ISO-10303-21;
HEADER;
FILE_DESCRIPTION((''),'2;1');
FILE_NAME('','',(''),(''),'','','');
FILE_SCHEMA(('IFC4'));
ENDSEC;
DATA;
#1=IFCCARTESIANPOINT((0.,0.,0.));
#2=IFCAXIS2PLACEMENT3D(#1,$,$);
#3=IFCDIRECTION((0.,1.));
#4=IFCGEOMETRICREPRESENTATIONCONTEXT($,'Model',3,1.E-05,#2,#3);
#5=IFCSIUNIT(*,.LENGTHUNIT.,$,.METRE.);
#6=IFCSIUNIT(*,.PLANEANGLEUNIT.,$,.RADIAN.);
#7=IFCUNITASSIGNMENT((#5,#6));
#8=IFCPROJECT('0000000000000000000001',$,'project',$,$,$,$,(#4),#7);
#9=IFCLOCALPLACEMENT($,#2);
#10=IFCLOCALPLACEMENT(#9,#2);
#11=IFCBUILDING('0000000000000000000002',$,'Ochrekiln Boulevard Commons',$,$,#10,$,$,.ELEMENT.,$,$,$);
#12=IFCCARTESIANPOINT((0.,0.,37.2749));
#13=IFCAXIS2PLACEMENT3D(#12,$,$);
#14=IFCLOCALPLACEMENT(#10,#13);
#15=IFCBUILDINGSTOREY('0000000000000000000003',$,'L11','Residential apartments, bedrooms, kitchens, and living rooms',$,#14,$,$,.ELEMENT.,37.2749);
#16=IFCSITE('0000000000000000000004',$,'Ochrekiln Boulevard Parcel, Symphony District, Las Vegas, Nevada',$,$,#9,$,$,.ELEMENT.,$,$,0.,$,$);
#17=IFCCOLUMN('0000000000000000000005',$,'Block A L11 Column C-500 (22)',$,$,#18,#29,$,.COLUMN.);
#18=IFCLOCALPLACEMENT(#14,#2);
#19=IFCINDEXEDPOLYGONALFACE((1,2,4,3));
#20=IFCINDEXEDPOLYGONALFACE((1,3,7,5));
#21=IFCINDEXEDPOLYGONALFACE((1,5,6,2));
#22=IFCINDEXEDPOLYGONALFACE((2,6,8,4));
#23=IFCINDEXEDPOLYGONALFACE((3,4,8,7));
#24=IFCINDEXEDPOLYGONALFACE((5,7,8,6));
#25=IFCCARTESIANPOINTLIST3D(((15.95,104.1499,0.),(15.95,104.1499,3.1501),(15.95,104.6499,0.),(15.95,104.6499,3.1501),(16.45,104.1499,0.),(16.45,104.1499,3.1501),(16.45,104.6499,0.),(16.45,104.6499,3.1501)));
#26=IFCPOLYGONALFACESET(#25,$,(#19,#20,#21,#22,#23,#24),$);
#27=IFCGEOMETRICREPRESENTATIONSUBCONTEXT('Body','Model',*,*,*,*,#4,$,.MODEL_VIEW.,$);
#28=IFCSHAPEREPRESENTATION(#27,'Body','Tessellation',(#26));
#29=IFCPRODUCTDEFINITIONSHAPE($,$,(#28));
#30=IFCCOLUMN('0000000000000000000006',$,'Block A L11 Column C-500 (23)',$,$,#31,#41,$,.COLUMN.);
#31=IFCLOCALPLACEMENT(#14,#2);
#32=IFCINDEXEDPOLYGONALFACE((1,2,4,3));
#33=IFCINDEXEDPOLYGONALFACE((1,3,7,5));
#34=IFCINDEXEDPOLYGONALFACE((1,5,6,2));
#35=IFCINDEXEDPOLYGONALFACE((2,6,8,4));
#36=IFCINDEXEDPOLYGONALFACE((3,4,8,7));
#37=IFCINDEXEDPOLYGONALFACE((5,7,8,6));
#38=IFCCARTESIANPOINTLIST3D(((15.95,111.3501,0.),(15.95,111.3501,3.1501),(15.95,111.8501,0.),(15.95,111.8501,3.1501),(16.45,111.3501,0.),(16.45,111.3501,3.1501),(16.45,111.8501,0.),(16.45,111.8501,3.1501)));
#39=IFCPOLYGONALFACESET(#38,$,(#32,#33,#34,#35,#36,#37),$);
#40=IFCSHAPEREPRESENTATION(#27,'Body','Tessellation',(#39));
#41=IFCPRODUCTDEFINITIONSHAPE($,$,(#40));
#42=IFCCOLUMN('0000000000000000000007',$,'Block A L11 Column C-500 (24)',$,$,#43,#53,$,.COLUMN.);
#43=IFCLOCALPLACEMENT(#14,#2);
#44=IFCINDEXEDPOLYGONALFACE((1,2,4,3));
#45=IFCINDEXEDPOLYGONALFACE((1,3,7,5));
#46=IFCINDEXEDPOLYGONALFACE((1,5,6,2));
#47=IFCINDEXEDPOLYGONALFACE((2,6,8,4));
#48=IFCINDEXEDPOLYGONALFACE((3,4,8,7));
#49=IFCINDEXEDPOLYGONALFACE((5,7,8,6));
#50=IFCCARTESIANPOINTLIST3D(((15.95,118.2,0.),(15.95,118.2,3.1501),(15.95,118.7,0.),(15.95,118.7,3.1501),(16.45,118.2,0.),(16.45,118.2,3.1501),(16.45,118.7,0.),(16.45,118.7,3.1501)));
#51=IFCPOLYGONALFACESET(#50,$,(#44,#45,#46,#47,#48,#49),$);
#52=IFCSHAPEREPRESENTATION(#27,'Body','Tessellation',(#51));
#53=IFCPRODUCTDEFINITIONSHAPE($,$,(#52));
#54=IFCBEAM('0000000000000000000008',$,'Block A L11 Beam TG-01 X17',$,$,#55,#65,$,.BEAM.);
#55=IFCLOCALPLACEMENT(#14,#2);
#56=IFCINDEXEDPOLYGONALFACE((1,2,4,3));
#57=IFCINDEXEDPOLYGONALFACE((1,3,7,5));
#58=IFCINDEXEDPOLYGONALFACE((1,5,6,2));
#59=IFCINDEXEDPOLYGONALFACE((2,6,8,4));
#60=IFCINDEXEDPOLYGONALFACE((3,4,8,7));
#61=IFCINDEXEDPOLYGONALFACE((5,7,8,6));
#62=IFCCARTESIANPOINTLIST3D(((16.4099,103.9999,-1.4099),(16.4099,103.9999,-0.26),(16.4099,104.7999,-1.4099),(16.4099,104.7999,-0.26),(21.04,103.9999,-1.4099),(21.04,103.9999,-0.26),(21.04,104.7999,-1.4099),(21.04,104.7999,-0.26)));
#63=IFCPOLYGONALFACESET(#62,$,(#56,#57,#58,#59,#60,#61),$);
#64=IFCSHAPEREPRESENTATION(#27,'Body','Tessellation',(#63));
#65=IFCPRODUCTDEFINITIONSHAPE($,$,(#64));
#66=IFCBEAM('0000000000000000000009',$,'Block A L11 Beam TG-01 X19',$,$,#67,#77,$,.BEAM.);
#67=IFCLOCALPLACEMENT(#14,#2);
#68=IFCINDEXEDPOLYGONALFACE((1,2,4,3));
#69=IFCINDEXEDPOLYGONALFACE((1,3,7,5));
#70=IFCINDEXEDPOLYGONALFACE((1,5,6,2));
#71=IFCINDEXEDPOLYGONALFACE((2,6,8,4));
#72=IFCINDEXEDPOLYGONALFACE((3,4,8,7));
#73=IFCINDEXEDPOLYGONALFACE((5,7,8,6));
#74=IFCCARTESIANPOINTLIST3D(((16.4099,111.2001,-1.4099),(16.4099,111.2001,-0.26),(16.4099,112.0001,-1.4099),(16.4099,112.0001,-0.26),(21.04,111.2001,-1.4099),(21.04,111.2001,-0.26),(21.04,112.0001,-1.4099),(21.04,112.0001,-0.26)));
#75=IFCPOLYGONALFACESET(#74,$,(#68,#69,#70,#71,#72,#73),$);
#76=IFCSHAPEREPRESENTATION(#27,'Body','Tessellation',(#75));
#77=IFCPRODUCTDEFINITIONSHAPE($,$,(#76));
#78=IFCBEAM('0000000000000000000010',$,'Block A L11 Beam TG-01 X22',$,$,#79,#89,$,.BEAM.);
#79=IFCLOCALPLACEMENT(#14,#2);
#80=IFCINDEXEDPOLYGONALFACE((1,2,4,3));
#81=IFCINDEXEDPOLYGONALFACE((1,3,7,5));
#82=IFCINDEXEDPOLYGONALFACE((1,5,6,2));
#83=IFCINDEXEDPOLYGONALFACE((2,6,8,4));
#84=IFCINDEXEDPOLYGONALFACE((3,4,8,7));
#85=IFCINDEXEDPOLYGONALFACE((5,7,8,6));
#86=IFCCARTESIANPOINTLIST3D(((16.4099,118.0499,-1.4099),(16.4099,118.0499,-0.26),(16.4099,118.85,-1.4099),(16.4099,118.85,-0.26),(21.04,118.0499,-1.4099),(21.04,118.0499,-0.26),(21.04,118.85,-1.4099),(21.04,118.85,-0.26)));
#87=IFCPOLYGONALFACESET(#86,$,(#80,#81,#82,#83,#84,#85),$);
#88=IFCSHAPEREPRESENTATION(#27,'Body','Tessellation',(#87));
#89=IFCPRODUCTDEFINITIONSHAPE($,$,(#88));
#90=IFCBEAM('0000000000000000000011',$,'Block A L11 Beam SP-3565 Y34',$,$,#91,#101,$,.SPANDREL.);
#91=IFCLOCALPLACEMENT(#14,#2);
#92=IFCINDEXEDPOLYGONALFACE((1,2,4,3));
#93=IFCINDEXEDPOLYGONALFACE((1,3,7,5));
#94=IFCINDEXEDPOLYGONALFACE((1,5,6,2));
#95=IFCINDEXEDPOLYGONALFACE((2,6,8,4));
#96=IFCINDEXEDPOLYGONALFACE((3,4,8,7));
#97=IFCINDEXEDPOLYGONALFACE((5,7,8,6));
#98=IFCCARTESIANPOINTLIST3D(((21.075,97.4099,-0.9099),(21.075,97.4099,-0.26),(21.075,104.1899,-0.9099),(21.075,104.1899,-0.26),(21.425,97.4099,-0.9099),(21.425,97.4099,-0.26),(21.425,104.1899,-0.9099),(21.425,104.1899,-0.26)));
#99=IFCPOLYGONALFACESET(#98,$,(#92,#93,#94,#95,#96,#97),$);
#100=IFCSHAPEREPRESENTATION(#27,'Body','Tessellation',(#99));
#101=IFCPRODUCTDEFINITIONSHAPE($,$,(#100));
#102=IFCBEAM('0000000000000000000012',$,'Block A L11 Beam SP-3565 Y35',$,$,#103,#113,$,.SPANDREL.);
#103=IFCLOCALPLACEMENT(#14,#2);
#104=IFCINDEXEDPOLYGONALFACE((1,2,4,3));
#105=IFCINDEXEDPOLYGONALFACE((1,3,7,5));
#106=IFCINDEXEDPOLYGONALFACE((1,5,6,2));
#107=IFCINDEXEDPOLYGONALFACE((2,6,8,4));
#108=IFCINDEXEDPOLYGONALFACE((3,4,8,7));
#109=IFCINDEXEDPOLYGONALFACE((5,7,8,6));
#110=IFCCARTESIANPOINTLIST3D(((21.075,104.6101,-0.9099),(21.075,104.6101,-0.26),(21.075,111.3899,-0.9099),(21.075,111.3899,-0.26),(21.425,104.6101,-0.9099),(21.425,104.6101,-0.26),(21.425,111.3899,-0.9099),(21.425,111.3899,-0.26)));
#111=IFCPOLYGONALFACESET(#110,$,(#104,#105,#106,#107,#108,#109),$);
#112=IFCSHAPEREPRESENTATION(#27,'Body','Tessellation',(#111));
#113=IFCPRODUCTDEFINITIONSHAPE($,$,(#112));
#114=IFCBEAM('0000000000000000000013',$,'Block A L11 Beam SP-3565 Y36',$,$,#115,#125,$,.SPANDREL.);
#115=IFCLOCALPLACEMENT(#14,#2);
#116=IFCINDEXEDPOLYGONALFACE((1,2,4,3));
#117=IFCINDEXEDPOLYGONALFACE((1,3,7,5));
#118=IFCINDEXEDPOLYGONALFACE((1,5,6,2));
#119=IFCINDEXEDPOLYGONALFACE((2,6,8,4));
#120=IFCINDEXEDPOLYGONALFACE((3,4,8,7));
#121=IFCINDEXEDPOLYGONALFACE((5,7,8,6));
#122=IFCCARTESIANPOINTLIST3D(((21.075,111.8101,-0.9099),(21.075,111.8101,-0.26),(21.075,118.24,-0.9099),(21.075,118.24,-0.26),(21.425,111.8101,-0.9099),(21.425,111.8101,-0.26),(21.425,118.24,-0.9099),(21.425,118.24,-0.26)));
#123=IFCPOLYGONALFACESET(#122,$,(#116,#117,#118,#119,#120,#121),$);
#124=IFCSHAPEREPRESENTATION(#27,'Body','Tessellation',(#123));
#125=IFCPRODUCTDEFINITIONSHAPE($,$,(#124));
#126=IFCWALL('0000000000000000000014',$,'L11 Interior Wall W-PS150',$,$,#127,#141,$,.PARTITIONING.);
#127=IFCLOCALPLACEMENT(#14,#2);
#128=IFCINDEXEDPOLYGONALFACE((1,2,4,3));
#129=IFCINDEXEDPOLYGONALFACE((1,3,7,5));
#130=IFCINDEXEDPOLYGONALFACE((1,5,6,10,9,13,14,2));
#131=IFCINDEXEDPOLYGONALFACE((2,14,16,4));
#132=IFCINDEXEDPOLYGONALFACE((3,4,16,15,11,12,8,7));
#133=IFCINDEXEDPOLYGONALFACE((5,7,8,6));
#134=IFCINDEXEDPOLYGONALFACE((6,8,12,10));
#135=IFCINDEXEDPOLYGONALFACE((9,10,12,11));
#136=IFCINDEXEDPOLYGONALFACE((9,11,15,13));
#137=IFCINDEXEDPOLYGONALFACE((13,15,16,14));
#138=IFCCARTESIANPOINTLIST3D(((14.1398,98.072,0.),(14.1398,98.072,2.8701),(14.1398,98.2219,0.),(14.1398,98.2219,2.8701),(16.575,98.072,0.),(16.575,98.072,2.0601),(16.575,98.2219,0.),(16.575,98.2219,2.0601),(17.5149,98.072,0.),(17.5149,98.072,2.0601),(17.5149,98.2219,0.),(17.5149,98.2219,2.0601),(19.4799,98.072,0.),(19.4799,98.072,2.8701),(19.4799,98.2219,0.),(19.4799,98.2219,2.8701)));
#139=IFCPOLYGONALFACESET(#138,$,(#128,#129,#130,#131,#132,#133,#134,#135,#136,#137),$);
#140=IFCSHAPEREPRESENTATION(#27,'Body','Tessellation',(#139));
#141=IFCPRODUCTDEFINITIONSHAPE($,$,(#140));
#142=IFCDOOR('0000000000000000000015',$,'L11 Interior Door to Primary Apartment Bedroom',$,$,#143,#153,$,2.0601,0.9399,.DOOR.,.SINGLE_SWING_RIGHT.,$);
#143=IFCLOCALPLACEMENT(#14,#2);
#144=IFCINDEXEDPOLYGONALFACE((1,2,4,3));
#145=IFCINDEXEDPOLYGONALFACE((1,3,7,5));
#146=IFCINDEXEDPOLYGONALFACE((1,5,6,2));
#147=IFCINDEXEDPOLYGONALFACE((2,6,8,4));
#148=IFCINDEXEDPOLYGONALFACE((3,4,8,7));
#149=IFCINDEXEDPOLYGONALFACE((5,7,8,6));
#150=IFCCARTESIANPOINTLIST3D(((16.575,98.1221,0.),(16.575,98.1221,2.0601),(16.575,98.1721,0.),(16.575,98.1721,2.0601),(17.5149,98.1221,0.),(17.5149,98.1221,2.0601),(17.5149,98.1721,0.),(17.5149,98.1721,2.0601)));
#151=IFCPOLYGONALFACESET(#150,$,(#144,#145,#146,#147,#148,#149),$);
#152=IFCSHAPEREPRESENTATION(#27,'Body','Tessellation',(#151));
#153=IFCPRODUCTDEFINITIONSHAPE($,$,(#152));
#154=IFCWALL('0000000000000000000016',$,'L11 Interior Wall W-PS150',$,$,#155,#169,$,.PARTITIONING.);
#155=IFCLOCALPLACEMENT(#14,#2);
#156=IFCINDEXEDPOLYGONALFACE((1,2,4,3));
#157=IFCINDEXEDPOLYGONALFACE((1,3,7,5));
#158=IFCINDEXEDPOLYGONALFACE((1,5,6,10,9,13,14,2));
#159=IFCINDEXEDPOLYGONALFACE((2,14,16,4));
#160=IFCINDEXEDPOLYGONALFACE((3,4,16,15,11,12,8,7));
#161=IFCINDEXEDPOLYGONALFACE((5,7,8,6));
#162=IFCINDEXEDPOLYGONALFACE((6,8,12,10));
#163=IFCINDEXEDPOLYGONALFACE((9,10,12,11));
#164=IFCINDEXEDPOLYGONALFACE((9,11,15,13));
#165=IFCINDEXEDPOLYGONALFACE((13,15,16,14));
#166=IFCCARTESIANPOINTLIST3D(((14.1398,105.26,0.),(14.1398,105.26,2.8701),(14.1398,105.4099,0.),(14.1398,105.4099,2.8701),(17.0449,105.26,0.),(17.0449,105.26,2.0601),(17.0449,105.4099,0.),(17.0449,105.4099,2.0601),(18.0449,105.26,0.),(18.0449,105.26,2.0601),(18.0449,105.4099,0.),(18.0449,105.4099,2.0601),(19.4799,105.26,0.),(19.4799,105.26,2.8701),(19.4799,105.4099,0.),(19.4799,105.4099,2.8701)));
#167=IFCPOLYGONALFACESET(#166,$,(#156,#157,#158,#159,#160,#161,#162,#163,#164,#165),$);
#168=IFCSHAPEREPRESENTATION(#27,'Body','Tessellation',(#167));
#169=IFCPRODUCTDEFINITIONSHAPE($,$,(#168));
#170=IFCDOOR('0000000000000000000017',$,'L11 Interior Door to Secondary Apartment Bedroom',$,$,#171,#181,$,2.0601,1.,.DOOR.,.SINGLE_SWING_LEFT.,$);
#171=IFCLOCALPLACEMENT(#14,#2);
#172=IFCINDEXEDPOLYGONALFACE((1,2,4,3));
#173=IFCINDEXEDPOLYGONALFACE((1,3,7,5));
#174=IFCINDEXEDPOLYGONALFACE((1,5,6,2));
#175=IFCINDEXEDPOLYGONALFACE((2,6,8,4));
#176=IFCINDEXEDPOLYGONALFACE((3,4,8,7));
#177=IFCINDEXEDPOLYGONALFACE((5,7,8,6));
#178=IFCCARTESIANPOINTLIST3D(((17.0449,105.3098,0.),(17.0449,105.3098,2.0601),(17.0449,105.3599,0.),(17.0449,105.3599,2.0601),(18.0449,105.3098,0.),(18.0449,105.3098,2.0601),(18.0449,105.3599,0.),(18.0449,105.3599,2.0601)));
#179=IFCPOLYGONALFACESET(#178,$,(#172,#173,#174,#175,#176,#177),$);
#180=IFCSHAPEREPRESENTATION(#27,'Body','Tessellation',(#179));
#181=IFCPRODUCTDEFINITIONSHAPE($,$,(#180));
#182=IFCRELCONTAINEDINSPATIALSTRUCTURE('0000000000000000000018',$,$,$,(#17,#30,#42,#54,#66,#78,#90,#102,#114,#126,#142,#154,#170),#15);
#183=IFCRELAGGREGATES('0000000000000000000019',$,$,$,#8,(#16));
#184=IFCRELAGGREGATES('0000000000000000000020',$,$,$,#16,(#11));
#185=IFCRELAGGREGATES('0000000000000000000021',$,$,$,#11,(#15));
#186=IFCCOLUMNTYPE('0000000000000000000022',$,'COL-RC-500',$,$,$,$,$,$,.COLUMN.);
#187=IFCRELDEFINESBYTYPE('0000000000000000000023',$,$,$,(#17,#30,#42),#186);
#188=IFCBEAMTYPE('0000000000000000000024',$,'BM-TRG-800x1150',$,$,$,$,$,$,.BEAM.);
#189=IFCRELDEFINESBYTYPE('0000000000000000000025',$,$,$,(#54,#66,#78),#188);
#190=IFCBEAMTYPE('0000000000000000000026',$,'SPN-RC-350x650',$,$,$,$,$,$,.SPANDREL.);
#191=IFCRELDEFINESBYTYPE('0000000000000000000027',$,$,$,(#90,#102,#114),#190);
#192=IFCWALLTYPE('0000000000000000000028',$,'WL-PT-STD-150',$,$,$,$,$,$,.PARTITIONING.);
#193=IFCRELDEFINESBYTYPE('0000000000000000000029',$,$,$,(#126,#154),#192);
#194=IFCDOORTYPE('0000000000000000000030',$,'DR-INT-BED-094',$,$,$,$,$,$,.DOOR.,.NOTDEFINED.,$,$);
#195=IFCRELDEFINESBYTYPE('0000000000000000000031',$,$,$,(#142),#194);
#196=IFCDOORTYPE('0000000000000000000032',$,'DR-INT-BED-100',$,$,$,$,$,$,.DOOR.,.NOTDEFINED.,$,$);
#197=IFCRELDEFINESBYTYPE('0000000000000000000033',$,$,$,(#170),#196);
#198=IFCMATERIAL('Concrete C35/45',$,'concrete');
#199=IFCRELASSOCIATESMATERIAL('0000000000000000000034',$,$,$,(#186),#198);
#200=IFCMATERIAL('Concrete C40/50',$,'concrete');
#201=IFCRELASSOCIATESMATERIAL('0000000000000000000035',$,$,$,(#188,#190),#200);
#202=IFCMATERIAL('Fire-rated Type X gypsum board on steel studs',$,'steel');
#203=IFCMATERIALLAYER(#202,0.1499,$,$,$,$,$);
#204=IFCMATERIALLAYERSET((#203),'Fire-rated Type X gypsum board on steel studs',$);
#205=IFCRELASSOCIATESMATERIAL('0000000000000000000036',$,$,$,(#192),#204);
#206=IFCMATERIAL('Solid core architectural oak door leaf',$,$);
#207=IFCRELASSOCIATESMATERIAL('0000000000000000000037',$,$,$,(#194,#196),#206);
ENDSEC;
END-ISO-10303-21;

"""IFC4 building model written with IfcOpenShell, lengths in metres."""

from ifc_helpers import new_model, si_unit, direction, frame, frame_2d, origin, origin_2d, place, context, subcontext, project, spatial, rectangle, extrude, material, layer, layer_set, material_profile, profile_set, type_object, element, fill, save


model = new_model("IFC4")

# Units and contexts
model_context = context("Model", 3, precision=1e-05, world=origin(), true_north=direction((0.0, 1.0)))
body_context = subcontext(model_context, "Body", "Model", "MODEL_VIEW")
ifc_project = project(units=[si_unit("LENGTHUNIT", "METRE"), si_unit("PLANEANGLEUNIT", "RADIAN")], contexts=[model_context])

# Site, building, storey
site_placement = place(None, origin())
site = spatial("IfcSite", under=ifc_project, at=site_placement, Name="Ochrekiln Boulevard Parcel, Symphony District, Las Vegas, Nevada", CompositionType="ELEMENT", RefElevation=0.0)
building_placement = place(site_placement, origin())
building = spatial("IfcBuilding", under=site, at=building_placement, Name="Ochrekiln Boulevard Commons", CompositionType="ELEMENT")
storey_placement = place(building_placement, frame((0.0, 0.0, 37.2749)))
storey = spatial("IfcBuildingStorey", under=building, at=storey_placement, Name="L11", Description="Residential apartments, bedrooms, kitchens, and living rooms", CompositionType="ELEMENT", Elevation=37.2749)

# Columns
ifc_material_1 = material(Name="Concrete C35/45", Category="concrete")
ifc_material_profile_1 = material_profile(ifc_material_1, rectangle(XDim=0.5, YDim=0.5, at=origin_2d()), Name="RC-COL-500x500")
ifc_profile_set_1 = profile_set([ifc_material_profile_1], Name="Concrete C35/45")
column_type = type_object("IfcColumnType", Name="COL-RC-500", PredefinedType="COLUMN", material=ifc_profile_set_1)
for number, where, z_axis, x_axis, name in (
    (1, (16.2, 104.3999, 0.0), (0.0, 0.0, 1.0), (1.0, 0.0, 0.0), "Block A L11 Column C-500 (22)"),
    (2, (16.2, 111.6001, 0.0), (0.0, 0.0, 1.0), (1.0, 0.0, 0.0), "Block A L11 Column C-500 (23)"),
    (3, (16.2, 118.45, 0.0), (0.0, 0.0, 1.0), (1.0, 0.0, 0.0), "Block A L11 Column C-500 (24)"),
):
    element("IfcColumn", number, at=place(storey_placement, frame(where, z_axis=z_axis, x_axis=x_axis)), inside=storey, type_object=column_type, Name=name, PredefinedType="COLUMN", context=body_context, shape_type="SweptSolid", body=[
        extrude(rectangle(XDim=0.5, YDim=0.5, at=origin_2d()), origin(), (0.0, 0.0, 1.0), 3.1501),
    ])

# Beams
ifc_material_2 = material(Name="Concrete C40/50", Category="concrete")
ifc_material_profile_2 = material_profile(ifc_material_2, rectangle(XDim=0.8, YDim=1.1499, at=origin_2d()), Name="RC-TRG-800x1150")
ifc_profile_set_2 = profile_set([ifc_material_profile_2], Name="Concrete C40/50")
beam_type_1 = type_object("IfcBeamType", Name="BM-TRG-800x1150", PredefinedType="BEAM", material=ifc_profile_set_2)
for number, where, z_axis, x_axis, name in (
    (4, (16.4099, 104.3999, -0.835), (1.0, 0.0, 0.0), (0.0, 1.0, 0.0), "Block A L11 Beam TG-01 X17"),
    (5, (16.4099, 111.6001, -0.835), (1.0, 0.0, 0.0), (0.0, 1.0, 0.0), "Block A L11 Beam TG-01 X19"),
    (6, (16.4099, 118.45, -0.835), (1.0, 0.0, 0.0), (0.0, 1.0, 0.0), "Block A L11 Beam TG-01 X22"),
):
    element("IfcBeam", number, at=place(storey_placement, frame(where, z_axis=z_axis, x_axis=x_axis)), inside=storey, type_object=beam_type_1, Name=name, PredefinedType="BEAM", context=body_context, shape_type="SweptSolid", body=[
        extrude(rectangle(XDim=0.8, YDim=1.1499, at=origin_2d()), origin(), (0.0, 0.0, 1.0), 4.6301),
    ])
ifc_material_profile_3 = material_profile(ifc_material_2, rectangle(XDim=0.3501, YDim=0.6499, at=origin_2d()), Name="RC-SPN-350x650")
ifc_profile_set_3 = profile_set([ifc_material_profile_3], Name="Concrete C40/50")
beam_type_2 = type_object("IfcBeamType", Name="SPN-RC-350x650", PredefinedType="SPANDREL", material=ifc_profile_set_3)
beam_1_placement = place(storey_placement, frame((21.25, 97.4099, -0.585), z_axis=(0.0, 1.0, 0.0), x_axis=(-1.0, 0.0, 0.0)))
element("IfcBeam", 7, at=beam_1_placement, inside=storey, type_object=beam_type_2, Name="Block A L11 Beam SP-3565 Y34", PredefinedType="SPANDREL", context=body_context, shape_type="SweptSolid", body=[
    extrude(rectangle(XDim=0.3501, YDim=0.6499, at=origin_2d()), origin(), (0.0, 0.0, 1.0), 6.78),
])
beam_2_placement = place(storey_placement, frame((21.25, 104.6101, -0.585), z_axis=(0.0, 1.0, 0.0), x_axis=(-1.0, 0.0, 0.0)))
element("IfcBeam", 8, at=beam_2_placement, inside=storey, type_object=beam_type_2, Name="Block A L11 Beam SP-3565 Y35", PredefinedType="SPANDREL", context=body_context, shape_type="SweptSolid", body=[
    extrude(rectangle(XDim=0.3501, YDim=0.6499, at=origin_2d()), origin(), (0.0, 0.0, 1.0), 6.7798),
])
beam_3_placement = place(storey_placement, frame((21.25, 111.8101, -0.585), z_axis=(0.0, 1.0, 0.0), x_axis=(-1.0, 0.0, 0.0)))
element("IfcBeam", 9, at=beam_3_placement, inside=storey, type_object=beam_type_2, Name="Block A L11 Beam SP-3565 Y36", PredefinedType="SPANDREL", context=body_context, shape_type="SweptSolid", body=[
    extrude(rectangle(XDim=0.3501, YDim=0.6499, at=origin_2d()), origin(), (0.0, 0.0, 1.0), 6.4299),
])

# Walls, openings, doors
ifc_material_3 = material(Name="Fire-rated Type X gypsum board on steel studs", Category="steel")
ifc_layer_1 = layer(ifc_material_3, 0.1499)
ifc_layer_set_1 = layer_set([ifc_layer_1], Name="Fire-rated Type X gypsum board on steel studs")
wall_type_1 = type_object("IfcWallType", Name="WL-PT-STD-150", PredefinedType="PARTITIONING", material=ifc_layer_set_1)
wall_1_placement = place(storey_placement, frame((14.1399, 98.147, 0.0), z_axis=(0.0, 0.0, 1.0), x_axis=(1.0, 0.0, 0.0)))
wall_1 = element("IfcWall", 10, at=wall_1_placement, inside=storey, type_object=wall_type_1, Name="L11 Interior Wall W-PS150", PredefinedType="PARTITIONING", context=body_context, shape_type="SweptSolid", body=[
    extrude(rectangle(XDim=5.3401, YDim=0.1499, at=frame_2d((2.6699, 0.0))), origin(), (0.0, 0.0, 1.0), 2.8701),
])
opening_1_placement = place(wall_1_placement, frame((2.4351, 0.0, 0.0)))
opening_1 = element("IfcOpeningElement", 11, at=opening_1_placement, cuts=wall_1, PredefinedType="OPENING", context=body_context, shape_type="SweptSolid", body=[
    extrude(rectangle(XDim=0.9399, YDim=2.0601, at=frame_2d((0.47, 1.03))), frame((0.0, 0.085, 0.0), z_axis=(0.0, -1.0, 0.0), x_axis=(1.0, 0.0, 0.0)), (0.0, 0.0, 1.0), 0.1699),
])
ifc_material_4 = material(Name="Solid core architectural oak door leaf")
door_type_1 = type_object("IfcDoorType", Name="DR-INT-BED-094", OperationType="NOTDEFINED", PredefinedType="DOOR", material=ifc_material_4)
door_1_placement = place(opening_1_placement, frame((0.9399, 0.0, 0.0), z_axis=(0.0, 0.0, 1.0), x_axis=(-1.0, 0.0, 0.0)))
door_1 = element("IfcDoor", 12, at=door_1_placement, inside=storey, type_object=door_type_1, Name="L11 Interior Door to Primary Apartment Bedroom", OperationType="SINGLE_SWING_RIGHT", OverallHeight=2.0601, OverallWidth=0.9399, PredefinedType="DOOR", context=body_context, shape_type="SweptSolid", body=[
    extrude(rectangle(XDim=0.9399, YDim=2.0601, at=frame_2d((0.47, 1.03))), frame((0.0, 0.0249, 0.0), z_axis=(0.0, -1.0, 0.0), x_axis=(1.0, 0.0, 0.0)), (0.0, 0.0, 1.0), 0.05),
])
fill(opening_1, door_1)
wall_2_placement = place(storey_placement, frame((14.1399, 105.335, 0.0), z_axis=(0.0, 0.0, 1.0), x_axis=(1.0, 0.0, 0.0)))
wall_2 = element("IfcWall", 13, at=wall_2_placement, inside=storey, type_object=wall_type_1, Name="L11 Interior Wall W-PS150", PredefinedType="PARTITIONING", context=body_context, shape_type="SweptSolid", body=[
    extrude(rectangle(XDim=5.3401, YDim=0.1499, at=frame_2d((2.6699, 0.0))), origin(), (0.0, 0.0, 1.0), 2.8701),
])
opening_2_placement = place(wall_2_placement, frame((2.905, 0.0, 0.0)))
opening_2 = element("IfcOpeningElement", 14, at=opening_2_placement, cuts=wall_2, PredefinedType="OPENING", context=body_context, shape_type="SweptSolid", body=[
    extrude(rectangle(XDim=1.0, YDim=2.0601, at=frame_2d((0.5, 1.03))), frame((0.0, 0.085, 0.0), z_axis=(0.0, -1.0, 0.0), x_axis=(1.0, 0.0, 0.0)), (0.0, 0.0, 1.0), 0.1699),
])
door_type_2 = type_object("IfcDoorType", Name="DR-INT-BED-100", OperationType="NOTDEFINED", PredefinedType="DOOR", material=ifc_material_4)
door_2_placement = place(opening_2_placement, origin())
door_2 = element("IfcDoor", 15, at=door_2_placement, inside=storey, type_object=door_type_2, Name="L11 Interior Door to Secondary Apartment Bedroom", OperationType="SINGLE_SWING_LEFT", OverallHeight=2.0601, OverallWidth=1.0, PredefinedType="DOOR", context=body_context, shape_type="SweptSolid", body=[
    extrude(rectangle(XDim=1.0, YDim=2.0601, at=frame_2d((0.5, 1.03))), frame((0.0, 0.0249, 0.0), z_axis=(0.0, -1.0, 0.0), x_axis=(1.0, 0.0, 0.0)), (0.0, 0.0, 1.0), 0.05),
])
fill(opening_2, door_2)

save(model, "model.ifc")
